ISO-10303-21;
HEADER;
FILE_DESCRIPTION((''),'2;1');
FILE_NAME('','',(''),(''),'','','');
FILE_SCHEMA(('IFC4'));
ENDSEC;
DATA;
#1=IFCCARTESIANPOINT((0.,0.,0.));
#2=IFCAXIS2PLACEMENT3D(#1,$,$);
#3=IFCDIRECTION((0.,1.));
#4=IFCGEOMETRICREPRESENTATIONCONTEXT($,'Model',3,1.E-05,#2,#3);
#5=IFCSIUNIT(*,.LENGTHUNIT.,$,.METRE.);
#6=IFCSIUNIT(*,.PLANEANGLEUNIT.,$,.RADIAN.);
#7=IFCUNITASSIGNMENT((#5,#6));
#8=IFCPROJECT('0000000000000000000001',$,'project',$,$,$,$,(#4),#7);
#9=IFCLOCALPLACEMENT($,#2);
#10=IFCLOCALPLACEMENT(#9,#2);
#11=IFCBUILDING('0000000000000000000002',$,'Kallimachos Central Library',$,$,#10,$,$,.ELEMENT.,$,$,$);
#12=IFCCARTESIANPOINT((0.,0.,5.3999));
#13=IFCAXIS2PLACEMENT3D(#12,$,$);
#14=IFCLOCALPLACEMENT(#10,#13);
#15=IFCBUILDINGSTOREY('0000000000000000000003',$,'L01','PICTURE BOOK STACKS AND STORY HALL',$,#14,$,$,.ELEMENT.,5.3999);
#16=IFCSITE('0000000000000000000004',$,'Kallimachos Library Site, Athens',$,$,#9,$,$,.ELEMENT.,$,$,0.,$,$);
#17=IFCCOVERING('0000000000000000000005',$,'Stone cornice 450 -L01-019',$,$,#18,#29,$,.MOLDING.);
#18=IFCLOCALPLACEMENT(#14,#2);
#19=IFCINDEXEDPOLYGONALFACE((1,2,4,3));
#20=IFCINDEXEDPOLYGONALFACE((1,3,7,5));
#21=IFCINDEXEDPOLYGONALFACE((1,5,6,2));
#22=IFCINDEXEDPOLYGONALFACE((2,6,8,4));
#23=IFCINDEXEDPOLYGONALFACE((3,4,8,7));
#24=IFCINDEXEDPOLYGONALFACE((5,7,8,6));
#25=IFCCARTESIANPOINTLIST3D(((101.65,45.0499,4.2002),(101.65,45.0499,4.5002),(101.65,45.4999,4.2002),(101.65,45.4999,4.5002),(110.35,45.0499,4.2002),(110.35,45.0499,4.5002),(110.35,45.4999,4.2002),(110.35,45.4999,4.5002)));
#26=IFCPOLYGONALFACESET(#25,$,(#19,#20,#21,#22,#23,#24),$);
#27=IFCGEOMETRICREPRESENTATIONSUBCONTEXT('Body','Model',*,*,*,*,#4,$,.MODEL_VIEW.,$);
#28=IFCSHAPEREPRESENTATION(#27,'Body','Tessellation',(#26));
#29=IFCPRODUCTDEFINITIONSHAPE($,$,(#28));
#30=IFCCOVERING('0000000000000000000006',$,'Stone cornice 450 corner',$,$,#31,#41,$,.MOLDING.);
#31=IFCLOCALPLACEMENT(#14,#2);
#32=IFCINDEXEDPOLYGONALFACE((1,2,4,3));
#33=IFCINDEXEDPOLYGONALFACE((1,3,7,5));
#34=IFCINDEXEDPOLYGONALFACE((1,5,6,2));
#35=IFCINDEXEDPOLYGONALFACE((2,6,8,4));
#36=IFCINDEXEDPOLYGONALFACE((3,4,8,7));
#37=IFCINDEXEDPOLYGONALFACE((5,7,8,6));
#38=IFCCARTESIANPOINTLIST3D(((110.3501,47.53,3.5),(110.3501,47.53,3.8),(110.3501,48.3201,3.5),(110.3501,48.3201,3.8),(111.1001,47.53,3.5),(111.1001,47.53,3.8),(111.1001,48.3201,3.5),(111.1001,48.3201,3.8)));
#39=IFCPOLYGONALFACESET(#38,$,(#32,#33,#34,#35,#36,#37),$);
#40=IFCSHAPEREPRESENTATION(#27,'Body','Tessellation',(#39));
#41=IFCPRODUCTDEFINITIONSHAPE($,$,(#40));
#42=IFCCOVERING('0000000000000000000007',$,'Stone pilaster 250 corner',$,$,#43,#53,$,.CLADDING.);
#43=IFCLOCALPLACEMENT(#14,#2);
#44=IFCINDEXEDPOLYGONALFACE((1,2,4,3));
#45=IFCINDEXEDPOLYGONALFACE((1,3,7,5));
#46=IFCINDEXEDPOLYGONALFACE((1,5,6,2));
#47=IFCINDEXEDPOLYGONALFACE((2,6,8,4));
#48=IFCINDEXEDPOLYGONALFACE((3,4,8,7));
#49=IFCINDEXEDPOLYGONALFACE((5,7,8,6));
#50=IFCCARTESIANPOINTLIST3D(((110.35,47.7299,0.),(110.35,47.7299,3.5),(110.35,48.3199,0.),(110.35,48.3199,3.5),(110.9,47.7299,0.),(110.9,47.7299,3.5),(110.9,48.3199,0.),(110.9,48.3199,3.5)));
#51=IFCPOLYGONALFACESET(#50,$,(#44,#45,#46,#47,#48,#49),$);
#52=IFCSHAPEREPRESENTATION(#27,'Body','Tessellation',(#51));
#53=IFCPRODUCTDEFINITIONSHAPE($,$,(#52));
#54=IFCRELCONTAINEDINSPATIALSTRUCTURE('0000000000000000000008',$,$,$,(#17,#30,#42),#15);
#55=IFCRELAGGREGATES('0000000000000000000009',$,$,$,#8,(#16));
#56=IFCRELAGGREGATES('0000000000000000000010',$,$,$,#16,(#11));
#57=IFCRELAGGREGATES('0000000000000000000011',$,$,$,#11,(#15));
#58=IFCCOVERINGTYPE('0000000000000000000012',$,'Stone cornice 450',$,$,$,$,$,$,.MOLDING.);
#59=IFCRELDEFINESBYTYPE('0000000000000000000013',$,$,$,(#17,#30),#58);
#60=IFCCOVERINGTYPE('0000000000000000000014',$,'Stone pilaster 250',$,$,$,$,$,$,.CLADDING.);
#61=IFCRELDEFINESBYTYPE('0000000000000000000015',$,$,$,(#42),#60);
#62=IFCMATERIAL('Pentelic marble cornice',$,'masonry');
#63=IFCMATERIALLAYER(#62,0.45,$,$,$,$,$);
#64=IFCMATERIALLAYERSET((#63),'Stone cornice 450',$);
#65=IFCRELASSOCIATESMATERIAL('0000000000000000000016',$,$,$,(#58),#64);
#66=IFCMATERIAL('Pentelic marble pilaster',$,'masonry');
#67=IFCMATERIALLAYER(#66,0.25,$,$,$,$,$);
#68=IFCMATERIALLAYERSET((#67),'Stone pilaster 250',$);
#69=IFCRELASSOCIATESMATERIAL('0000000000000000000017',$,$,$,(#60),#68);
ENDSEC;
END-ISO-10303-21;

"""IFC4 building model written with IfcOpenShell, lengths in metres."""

from ifc_helpers import new_model, si_unit, direction, frame, origin, origin_2d, place, context, subcontext, project, spatial, rectangle, extrude, material, layer, layer_set, type_object, element, save


model = new_model("IFC4")

# Units and contexts
model_context = context("Model", 3, precision=1e-05, world=origin(), true_north=direction((0.0, 1.0)))
body_context = subcontext(model_context, "Body", "Model", "MODEL_VIEW")
ifc_project = project(units=[si_unit("LENGTHUNIT", "METRE"), si_unit("PLANEANGLEUNIT", "RADIAN")], contexts=[model_context])

# Site, building, storey
site_placement = place(None, origin())
site = spatial("IfcSite", under=ifc_project, at=site_placement, Name="Kallimachos Library Site, Athens", CompositionType="ELEMENT", RefElevation=0.0)
building_placement = place(site_placement, origin())
building = spatial("IfcBuilding", under=site, at=building_placement, Name="Kallimachos Central Library", CompositionType="ELEMENT")
storey_placement = place(building_placement, frame((0.0, 0.0, 5.3999)))
storey = spatial("IfcBuildingStorey", under=building, at=storey_placement, Name="L01", Description="PICTURE BOOK STACKS AND STORY HALL", CompositionType="ELEMENT", Elevation=5.3999)

# Coverings
ifc_material_1 = material(Name="Pentelic marble cornice", Category="masonry")
ifc_layer_1 = layer(ifc_material_1, 0.45)
ifc_layer_set_1 = layer_set([ifc_layer_1], Name="Stone cornice 450")
covering_type_1 = type_object("IfcCoveringType", Name="Stone cornice 450", PredefinedType="MOLDING", material=ifc_layer_set_1)
covering_1_placement = place(storey_placement, frame((106.0, 45.2749, 4.2002), z_axis=(0.0, 0.0, 1.0), x_axis=(1.0, 0.0, 0.0)))
element("IfcCovering", 1, at=covering_1_placement, inside=storey, type_object=covering_type_1, Name="Stone cornice 450 -L01-019", PredefinedType="MOLDING", context=body_context, shape_type="SweptSolid", body=[
    extrude(rectangle(XDim=8.7, YDim=0.45, at=origin_2d()), origin(), (0.0, 0.0, 1.0), 0.3),
])
covering_2_placement = place(storey_placement, frame((110.7251, 47.925, 3.5), z_axis=(0.0, 0.0, 1.0), x_axis=(1.0, 0.0, 0.0)))
element("IfcCovering", 2, at=covering_2_placement, inside=storey, type_object=covering_type_1, Name="Stone cornice 450 corner", PredefinedType="MOLDING", context=body_context, shape_type="SweptSolid", body=[
    extrude(rectangle(XDim=0.75, YDim=0.79, at=origin_2d()), origin(), (0.0, 0.0, 1.0), 0.3),
])
ifc_material_2 = material(Name="Pentelic marble pilaster", Category="masonry")
ifc_layer_2 = layer(ifc_material_2, 0.25)
ifc_layer_set_2 = layer_set([ifc_layer_2], Name="Stone pilaster 250")
covering_type_2 = type_object("IfcCoveringType", Name="Stone pilaster 250", PredefinedType="CLADDING", material=ifc_layer_set_2)
covering_3_placement = place(storey_placement, frame((110.625, 48.0249, 0.0), z_axis=(0.0, 0.0, 1.0), x_axis=(1.0, 0.0, 0.0)))
element("IfcCovering", 3, at=covering_3_placement, inside=storey, type_object=covering_type_2, Name="Stone pilaster 250 corner", PredefinedType="CLADDING", context=body_context, shape_type="SweptSolid", body=[
    extrude(rectangle(XDim=0.55, YDim=0.5901, at=origin_2d()), origin(), (0.0, 0.0, 1.0), 3.5),
])

save(model, "model.ifc")
